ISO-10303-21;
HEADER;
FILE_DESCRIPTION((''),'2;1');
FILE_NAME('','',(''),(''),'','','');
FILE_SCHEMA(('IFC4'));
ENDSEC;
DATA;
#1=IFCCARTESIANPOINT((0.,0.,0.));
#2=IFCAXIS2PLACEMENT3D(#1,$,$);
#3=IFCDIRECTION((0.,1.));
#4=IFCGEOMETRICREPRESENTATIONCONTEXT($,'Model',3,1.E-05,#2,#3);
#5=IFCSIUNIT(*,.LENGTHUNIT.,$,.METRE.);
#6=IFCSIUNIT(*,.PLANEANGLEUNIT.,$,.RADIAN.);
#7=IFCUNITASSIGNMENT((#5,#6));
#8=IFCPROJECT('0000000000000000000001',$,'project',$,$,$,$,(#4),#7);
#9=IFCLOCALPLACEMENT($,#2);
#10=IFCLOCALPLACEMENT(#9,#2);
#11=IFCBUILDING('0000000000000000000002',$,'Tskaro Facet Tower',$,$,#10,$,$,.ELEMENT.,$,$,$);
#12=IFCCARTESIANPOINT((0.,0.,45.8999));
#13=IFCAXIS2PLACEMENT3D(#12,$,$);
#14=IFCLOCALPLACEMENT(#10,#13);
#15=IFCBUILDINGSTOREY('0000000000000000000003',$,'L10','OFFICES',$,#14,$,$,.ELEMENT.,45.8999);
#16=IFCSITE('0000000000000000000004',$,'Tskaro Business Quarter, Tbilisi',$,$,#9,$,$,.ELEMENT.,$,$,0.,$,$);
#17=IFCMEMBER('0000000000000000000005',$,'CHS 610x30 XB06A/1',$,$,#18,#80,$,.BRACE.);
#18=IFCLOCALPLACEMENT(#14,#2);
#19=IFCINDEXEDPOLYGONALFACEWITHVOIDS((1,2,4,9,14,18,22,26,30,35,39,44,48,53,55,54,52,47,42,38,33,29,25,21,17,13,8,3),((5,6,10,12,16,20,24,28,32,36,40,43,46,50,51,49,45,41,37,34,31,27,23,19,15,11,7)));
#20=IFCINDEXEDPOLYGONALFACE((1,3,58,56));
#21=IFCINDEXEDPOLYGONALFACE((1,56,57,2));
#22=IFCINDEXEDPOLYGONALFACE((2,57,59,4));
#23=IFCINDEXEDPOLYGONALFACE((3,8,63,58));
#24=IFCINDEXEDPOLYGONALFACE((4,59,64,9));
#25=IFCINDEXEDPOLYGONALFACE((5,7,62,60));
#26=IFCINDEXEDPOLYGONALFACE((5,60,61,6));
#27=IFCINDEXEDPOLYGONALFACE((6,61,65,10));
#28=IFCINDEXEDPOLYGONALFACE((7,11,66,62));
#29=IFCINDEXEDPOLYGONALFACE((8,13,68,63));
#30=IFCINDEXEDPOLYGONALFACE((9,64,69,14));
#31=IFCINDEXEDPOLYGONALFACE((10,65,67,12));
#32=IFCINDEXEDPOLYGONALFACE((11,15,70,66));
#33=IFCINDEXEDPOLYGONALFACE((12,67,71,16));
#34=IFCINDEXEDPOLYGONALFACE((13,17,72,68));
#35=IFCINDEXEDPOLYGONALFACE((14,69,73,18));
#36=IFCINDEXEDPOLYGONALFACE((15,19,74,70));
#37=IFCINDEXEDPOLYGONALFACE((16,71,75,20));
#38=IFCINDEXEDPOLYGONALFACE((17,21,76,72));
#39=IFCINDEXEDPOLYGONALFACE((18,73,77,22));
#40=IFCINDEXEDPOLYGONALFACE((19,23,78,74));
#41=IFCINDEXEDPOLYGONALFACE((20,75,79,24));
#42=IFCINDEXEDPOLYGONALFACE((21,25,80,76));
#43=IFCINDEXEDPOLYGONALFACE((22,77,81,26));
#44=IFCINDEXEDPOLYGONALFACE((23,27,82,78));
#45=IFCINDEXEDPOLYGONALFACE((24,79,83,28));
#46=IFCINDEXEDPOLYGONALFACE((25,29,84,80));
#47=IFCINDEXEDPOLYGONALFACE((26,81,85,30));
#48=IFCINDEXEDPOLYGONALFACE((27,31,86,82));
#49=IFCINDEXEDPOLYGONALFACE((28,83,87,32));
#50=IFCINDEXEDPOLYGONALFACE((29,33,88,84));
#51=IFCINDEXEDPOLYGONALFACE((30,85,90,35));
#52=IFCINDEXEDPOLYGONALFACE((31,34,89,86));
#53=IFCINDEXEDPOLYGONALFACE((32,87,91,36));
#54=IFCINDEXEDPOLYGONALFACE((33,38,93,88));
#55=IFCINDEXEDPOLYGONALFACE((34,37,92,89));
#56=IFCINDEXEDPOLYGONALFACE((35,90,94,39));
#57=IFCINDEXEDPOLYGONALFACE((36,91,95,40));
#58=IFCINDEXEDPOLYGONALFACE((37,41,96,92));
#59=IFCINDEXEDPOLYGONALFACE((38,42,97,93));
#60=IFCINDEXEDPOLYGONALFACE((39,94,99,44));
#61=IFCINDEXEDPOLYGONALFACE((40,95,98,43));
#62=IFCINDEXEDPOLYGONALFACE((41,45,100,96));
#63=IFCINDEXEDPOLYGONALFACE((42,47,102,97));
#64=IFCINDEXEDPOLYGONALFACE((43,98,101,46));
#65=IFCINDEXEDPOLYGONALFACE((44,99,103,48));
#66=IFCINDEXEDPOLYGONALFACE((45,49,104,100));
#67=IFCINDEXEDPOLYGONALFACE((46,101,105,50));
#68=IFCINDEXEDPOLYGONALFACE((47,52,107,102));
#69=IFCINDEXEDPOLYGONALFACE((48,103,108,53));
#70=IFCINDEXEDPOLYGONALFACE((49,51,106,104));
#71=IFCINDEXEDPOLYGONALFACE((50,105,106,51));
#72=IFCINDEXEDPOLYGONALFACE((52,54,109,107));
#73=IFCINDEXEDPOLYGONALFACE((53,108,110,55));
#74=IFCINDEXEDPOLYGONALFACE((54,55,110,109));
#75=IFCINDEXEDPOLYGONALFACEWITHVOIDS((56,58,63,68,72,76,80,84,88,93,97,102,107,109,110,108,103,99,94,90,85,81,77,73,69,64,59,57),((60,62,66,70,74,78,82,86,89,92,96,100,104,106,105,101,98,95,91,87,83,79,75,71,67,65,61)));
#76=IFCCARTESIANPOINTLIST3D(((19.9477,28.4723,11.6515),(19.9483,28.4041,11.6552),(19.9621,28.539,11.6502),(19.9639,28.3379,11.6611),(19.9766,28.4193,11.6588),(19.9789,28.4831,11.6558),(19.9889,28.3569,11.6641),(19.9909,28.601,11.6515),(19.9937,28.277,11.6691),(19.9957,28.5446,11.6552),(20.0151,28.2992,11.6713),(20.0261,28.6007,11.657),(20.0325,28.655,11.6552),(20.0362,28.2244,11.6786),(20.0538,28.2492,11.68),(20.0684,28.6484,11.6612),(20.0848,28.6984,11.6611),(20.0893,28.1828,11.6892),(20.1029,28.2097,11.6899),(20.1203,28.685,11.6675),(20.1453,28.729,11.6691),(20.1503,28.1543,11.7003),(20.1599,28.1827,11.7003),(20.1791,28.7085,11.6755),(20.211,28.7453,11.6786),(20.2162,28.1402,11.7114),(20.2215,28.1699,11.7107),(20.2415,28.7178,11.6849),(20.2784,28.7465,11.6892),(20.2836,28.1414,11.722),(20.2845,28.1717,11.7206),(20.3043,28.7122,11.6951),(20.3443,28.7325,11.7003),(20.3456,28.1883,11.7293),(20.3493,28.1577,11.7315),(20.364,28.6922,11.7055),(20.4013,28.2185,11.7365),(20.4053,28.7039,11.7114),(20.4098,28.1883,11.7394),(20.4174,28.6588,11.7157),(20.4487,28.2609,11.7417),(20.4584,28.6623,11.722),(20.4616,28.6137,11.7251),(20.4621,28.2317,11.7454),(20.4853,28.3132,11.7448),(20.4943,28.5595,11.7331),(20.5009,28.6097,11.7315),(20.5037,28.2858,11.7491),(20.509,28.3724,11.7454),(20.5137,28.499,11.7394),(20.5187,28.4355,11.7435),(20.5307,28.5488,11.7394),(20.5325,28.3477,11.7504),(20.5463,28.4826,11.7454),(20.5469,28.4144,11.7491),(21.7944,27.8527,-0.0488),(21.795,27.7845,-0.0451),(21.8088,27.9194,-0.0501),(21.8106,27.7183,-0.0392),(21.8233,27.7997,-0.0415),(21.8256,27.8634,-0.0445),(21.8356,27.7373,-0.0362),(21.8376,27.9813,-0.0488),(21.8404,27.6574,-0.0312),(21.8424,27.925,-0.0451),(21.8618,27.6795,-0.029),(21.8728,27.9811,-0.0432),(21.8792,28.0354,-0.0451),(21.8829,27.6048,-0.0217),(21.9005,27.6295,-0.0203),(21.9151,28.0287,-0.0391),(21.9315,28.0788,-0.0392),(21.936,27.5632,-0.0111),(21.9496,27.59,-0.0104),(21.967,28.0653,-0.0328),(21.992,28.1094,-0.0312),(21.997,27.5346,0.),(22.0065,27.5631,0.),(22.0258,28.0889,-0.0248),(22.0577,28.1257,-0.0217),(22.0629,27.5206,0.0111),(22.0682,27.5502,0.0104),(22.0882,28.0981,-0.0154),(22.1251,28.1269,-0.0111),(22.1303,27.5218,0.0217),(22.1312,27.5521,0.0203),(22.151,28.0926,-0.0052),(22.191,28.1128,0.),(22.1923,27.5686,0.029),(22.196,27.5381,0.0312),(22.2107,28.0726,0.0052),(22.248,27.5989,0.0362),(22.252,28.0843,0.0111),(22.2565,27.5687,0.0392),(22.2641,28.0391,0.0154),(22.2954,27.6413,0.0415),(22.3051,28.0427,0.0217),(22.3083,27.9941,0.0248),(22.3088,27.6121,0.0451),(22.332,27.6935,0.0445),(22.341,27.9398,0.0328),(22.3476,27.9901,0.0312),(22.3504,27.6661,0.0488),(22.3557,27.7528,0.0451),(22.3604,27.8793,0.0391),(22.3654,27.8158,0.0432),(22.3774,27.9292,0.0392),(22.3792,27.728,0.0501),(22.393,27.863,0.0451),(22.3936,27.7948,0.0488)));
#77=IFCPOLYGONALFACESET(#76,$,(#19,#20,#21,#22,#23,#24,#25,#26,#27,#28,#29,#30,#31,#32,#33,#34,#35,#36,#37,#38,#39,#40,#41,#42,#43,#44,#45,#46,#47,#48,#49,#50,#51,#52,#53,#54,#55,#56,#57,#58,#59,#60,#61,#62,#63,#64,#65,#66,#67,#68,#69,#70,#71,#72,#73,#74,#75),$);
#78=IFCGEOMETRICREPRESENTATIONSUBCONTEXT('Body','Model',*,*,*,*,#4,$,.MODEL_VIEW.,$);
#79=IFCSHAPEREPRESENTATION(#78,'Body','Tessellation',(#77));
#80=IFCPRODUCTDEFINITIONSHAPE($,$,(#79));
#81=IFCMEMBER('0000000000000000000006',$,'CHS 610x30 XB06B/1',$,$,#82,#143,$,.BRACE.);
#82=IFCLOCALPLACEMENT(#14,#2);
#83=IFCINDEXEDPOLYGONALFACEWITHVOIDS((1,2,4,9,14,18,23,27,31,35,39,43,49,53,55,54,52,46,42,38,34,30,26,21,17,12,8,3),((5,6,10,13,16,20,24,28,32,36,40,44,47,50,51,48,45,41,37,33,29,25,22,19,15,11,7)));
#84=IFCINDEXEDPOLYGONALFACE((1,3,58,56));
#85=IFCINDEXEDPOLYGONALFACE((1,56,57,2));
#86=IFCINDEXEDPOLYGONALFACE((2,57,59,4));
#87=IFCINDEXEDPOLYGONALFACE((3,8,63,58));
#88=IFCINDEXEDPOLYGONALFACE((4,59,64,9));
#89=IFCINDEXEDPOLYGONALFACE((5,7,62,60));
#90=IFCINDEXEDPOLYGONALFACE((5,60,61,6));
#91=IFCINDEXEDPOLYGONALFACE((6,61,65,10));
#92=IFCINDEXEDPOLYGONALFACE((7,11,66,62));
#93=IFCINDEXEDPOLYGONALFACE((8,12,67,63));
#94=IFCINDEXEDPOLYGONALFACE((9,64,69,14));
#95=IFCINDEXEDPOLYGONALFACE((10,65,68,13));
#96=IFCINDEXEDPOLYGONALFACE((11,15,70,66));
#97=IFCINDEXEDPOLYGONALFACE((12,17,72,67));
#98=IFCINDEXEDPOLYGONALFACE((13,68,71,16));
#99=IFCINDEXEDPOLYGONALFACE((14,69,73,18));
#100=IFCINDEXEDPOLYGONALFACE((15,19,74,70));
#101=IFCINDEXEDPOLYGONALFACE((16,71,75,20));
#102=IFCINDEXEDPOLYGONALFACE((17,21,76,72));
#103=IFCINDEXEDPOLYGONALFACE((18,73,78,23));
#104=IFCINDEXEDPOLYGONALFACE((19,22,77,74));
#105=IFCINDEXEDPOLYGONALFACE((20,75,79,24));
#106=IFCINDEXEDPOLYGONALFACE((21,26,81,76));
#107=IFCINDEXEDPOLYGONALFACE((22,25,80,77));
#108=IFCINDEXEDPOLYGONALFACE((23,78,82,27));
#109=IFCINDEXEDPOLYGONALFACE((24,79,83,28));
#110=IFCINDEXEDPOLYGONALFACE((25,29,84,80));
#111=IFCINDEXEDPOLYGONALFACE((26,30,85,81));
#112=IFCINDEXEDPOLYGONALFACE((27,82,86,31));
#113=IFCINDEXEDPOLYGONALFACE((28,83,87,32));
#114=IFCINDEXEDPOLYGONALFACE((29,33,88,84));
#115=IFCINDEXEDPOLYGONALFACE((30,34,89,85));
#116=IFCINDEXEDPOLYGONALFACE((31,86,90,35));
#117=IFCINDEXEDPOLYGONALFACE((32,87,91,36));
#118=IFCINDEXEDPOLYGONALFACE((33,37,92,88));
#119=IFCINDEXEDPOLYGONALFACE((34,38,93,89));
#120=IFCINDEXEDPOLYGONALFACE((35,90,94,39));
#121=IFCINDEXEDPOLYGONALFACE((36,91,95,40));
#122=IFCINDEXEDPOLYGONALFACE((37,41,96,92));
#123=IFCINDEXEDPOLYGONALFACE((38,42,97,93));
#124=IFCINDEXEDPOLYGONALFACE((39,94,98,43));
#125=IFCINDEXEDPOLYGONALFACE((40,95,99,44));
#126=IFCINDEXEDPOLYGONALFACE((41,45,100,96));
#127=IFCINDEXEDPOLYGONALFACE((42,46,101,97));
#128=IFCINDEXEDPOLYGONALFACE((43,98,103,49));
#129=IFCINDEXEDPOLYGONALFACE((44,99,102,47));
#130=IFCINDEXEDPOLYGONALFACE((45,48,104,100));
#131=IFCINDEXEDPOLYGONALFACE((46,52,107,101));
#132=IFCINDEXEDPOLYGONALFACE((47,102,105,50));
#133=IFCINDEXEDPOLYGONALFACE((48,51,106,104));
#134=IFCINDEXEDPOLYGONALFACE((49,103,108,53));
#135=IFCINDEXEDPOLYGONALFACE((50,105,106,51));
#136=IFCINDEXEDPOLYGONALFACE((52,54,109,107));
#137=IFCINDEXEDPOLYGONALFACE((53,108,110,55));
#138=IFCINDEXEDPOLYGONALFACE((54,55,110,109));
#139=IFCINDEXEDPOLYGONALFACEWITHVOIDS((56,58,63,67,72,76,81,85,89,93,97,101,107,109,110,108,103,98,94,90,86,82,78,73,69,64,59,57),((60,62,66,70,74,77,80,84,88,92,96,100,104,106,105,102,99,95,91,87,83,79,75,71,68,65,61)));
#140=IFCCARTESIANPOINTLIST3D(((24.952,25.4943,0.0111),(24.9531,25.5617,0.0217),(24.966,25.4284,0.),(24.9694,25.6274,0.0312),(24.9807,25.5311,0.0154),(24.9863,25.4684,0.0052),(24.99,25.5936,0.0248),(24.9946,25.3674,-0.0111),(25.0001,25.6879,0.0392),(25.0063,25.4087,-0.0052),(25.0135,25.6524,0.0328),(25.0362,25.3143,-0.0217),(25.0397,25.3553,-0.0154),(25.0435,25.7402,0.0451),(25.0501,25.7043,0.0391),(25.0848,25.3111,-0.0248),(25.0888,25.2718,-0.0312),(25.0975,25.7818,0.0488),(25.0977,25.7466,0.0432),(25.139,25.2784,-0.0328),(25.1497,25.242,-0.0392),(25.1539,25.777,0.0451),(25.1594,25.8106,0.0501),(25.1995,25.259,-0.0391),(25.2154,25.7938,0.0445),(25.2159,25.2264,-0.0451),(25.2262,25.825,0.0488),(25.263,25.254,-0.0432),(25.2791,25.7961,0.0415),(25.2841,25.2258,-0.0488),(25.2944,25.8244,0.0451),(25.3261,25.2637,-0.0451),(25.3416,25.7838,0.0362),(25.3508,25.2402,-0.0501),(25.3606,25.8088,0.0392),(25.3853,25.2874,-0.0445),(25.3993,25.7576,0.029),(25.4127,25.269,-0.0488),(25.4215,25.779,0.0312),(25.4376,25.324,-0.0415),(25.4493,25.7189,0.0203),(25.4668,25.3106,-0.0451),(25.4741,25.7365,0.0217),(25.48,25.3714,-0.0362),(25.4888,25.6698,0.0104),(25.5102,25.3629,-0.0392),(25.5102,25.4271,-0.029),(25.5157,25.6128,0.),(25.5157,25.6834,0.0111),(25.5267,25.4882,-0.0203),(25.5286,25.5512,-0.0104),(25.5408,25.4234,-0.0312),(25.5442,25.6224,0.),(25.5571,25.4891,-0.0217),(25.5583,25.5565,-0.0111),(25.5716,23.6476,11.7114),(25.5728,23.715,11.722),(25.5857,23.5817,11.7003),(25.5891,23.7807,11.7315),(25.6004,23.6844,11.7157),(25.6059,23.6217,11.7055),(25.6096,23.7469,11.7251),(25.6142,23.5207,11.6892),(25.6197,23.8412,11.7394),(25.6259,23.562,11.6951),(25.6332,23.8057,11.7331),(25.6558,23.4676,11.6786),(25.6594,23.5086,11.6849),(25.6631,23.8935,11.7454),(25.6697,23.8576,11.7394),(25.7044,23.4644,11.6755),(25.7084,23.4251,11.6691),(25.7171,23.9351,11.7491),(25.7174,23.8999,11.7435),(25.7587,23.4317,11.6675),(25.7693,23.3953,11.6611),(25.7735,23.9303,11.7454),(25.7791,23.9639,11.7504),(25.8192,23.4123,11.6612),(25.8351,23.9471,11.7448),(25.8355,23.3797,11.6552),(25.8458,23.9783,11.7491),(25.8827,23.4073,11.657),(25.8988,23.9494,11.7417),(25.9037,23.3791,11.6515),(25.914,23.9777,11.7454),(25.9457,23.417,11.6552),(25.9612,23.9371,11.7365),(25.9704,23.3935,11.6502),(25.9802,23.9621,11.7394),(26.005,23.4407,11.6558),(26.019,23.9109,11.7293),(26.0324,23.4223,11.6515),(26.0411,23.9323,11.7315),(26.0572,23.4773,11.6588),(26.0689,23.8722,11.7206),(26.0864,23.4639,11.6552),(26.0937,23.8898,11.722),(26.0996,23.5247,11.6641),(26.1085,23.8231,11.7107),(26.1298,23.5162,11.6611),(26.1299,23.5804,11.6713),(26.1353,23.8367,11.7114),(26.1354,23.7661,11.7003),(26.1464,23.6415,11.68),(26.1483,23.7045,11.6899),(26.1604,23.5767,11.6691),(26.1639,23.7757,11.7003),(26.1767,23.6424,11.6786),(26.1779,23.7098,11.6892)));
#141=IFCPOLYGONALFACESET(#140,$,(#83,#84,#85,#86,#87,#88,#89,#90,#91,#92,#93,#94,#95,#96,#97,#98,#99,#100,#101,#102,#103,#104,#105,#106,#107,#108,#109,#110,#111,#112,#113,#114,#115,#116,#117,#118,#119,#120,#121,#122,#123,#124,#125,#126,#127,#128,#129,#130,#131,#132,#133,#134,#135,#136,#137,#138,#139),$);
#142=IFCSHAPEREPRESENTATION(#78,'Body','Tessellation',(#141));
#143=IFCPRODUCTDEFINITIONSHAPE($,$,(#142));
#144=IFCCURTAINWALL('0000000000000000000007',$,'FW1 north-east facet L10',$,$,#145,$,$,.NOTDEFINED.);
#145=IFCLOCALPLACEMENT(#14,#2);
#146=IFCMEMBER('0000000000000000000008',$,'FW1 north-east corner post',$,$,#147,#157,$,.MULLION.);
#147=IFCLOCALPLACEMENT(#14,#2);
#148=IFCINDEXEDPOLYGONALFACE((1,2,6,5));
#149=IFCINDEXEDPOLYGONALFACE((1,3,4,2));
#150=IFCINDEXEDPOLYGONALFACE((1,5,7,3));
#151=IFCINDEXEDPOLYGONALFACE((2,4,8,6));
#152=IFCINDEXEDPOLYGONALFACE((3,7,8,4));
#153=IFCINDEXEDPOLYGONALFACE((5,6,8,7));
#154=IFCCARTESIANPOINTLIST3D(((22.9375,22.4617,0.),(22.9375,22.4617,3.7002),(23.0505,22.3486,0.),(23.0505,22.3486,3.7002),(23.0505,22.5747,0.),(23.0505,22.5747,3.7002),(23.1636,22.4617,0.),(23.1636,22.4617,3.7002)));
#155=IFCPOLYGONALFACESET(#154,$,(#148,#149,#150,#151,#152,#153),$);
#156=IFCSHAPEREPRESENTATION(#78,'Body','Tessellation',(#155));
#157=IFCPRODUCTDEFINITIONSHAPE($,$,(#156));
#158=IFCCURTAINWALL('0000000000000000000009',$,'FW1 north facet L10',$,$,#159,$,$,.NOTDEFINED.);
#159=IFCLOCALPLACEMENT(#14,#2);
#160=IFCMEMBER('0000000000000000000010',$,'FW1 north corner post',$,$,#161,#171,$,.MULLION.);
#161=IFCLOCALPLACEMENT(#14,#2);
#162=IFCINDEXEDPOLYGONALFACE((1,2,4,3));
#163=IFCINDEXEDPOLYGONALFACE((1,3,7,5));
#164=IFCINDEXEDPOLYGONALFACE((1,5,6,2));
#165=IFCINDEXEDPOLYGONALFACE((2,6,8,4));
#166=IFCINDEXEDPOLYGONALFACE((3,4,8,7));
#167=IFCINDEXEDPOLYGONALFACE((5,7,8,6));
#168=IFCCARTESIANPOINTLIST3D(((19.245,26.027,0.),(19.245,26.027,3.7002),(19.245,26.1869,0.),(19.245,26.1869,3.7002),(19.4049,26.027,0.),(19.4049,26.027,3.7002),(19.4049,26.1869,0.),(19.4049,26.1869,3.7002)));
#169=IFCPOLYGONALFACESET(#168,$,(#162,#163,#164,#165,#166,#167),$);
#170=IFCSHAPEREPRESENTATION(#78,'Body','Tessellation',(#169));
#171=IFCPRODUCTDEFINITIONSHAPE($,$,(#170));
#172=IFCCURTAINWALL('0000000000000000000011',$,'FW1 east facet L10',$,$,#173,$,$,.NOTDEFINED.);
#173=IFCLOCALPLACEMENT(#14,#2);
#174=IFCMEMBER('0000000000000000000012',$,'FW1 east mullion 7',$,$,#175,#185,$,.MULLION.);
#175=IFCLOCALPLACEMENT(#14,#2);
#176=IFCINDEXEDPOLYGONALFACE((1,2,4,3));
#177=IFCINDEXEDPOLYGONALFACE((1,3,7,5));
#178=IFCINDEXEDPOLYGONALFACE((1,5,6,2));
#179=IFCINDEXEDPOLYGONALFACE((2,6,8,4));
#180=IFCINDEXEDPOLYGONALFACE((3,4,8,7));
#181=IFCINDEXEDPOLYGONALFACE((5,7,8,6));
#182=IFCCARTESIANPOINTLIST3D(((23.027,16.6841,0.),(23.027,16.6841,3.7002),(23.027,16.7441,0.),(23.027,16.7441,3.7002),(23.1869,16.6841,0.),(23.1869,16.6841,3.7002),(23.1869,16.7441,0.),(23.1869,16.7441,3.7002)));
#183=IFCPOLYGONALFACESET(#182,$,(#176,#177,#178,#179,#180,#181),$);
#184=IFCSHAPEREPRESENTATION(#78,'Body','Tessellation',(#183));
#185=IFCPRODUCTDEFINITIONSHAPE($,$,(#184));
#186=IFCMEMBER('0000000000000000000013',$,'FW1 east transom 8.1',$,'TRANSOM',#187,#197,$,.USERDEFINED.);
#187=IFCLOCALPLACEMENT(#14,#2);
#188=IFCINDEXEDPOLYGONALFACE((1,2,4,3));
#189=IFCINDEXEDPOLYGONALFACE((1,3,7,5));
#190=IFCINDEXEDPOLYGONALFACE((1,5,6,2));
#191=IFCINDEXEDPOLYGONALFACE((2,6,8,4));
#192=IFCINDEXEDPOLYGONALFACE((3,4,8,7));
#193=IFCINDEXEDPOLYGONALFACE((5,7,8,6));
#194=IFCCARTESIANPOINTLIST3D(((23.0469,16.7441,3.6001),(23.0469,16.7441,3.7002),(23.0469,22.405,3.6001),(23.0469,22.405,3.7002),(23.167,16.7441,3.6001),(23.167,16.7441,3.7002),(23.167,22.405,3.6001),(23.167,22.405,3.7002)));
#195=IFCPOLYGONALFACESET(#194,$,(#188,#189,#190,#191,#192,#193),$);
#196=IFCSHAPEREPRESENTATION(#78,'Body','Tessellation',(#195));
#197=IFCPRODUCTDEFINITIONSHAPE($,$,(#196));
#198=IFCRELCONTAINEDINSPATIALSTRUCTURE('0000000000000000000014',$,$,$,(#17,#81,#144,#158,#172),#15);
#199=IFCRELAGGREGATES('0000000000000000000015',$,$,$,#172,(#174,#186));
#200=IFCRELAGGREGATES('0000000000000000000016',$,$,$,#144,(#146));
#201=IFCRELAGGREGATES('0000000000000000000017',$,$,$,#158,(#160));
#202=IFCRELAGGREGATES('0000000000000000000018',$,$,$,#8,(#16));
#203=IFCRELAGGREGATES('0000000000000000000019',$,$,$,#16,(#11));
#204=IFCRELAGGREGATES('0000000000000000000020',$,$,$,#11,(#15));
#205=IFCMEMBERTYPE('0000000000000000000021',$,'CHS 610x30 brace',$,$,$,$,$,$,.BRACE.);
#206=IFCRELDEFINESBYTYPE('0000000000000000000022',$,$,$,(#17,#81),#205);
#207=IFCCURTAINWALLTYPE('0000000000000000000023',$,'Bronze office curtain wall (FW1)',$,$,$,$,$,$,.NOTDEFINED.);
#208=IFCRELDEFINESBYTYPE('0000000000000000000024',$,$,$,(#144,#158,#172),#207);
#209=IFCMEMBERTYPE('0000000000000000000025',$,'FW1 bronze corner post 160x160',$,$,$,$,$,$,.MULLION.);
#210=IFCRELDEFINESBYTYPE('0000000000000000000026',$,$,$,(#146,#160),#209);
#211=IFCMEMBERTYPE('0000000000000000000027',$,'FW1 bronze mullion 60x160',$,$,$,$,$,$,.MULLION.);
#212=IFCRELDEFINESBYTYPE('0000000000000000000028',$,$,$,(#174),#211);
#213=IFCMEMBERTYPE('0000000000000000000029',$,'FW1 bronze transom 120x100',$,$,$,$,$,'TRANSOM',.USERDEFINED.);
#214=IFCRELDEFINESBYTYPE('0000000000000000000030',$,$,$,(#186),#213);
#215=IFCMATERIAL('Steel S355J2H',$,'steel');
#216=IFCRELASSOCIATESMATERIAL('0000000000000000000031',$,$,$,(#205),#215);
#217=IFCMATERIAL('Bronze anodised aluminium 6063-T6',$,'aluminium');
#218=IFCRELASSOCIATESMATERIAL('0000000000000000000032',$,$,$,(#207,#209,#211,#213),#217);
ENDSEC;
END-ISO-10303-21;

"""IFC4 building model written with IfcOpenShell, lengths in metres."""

from ifc_helpers import new_model, si_unit, direction, frame, origin, origin_2d, place, context, subcontext, project, spatial, rectangle, hollow_circle, extrude, material, material_profile, profile_set, type_object, element, aggregate, save


model = new_model("IFC4")

# Units and contexts
model_context = context("Model", 3, precision=1e-05, world=origin(), true_north=direction((0.0, 1.0)))
body_context = subcontext(model_context, "Body", "Model", "MODEL_VIEW")
ifc_project = project(units=[si_unit("LENGTHUNIT", "METRE"), si_unit("PLANEANGLEUNIT", "RADIAN")], contexts=[model_context])

# Site, building, storey
site_placement = place(None, origin())
site = spatial("IfcSite", under=ifc_project, at=site_placement, Name="Tskaro Business Quarter, Tbilisi", CompositionType="ELEMENT", RefElevation=0.0)
building_placement = place(site_placement, origin())
building = spatial("IfcBuilding", under=site, at=building_placement, Name="Tskaro Facet Tower", CompositionType="ELEMENT")
storey_placement = place(building_placement, frame((0.0, 0.0, 45.8999)))
storey = spatial("IfcBuildingStorey", under=building, at=storey_placement, Name="L10", Description="OFFICES", CompositionType="ELEMENT", Elevation=45.8999)

# Shared definitions
ifc_material_1 = material(Name="Steel S355J2H", Category="steel")

# Members
ifc_material_profile_1 = material_profile(ifc_material_1, hollow_circle(Radius=0.3049, WallThickness=0.03, at=origin_2d()), Name="CHS 610x30")
ifc_profile_set_1 = profile_set([ifc_material_profile_1], Name="Steel S355J2H")
member_type_1 = type_object("IfcMemberType", Name="CHS 610x30 brace", PredefinedType="BRACE", material=ifc_profile_set_1)
for number, where, z_axis, x_axis, name in (
    (1, (22.094, 27.8237, 0.0), (-0.15569, 0.05224, 0.986424), (-0.318107, -0.948055, 0.0), "CHS 610x30 XB06A/1"),
    (2, (25.2551, 25.5254, 0.0), (0.05224, -0.15569, 0.986424), (0.948055, 0.318107, 0.0), "CHS 610x30 XB06B/1"),
):
    element("IfcMember", number, at=place(storey_placement, frame(where, z_axis=z_axis, x_axis=x_axis)), inside=storey, type_object=member_type_1, Name=name, PredefinedType="BRACE", context=body_context, shape_type="SweptSolid", body=[
        extrude(hollow_circle(Radius=0.3049, WallThickness=0.03, at=origin_2d()), origin(), (0.0, 0.0, 1.0), 11.8613),
    ])

# Curtain walls, members
ifc_material_2 = material(Name="Bronze anodised aluminium 6063-T6", Category="aluminium")
curtain_wall_type = type_object("IfcCurtainWallType", Name="Bronze office curtain wall (FW1)", PredefinedType="NOTDEFINED", material=ifc_material_2)
curtain_wall_1_placement = place(storey_placement, origin())
curtain_wall_1 = element("IfcCurtainWall", 3, at=curtain_wall_1_placement, inside=storey, type_object=curtain_wall_type, Name="FW1 north-east facet L10", PredefinedType="NOTDEFINED")
ifc_material_profile_2 = material_profile(ifc_material_2, rectangle(XDim=0.1599, YDim=0.1599, at=origin_2d()), Name="Corner post 160x160")
ifc_profile_set_2 = profile_set([ifc_material_profile_2], Name="Bronze anodised aluminium 6063-T6")
member_type_2 = type_object("IfcMemberType", Name="FW1 bronze corner post 160x160", PredefinedType="MULLION", material=ifc_profile_set_2)
member_1_placement = place(storey_placement, frame((23.0505, 22.4617, 0.0), z_axis=(0.0, 0.0, 1.0), x_axis=(-0.707107, 0.707107, 0.0)))
member_1 = element("IfcMember", 4, at=member_1_placement, type_object=member_type_2, Name="FW1 north-east corner post", PredefinedType="MULLION", context=body_context, shape_type="SweptSolid", body=[
    extrude(rectangle(XDim=0.1599, YDim=0.1599, at=origin_2d()), origin(), (0.0, 0.0, 1.0), 3.7002),
])
curtain_wall_2_placement = place(storey_placement, origin())
curtain_wall_2 = element("IfcCurtainWall", 5, at=curtain_wall_2_placement, inside=storey, type_object=curtain_wall_type, Name="FW1 north facet L10", PredefinedType="NOTDEFINED")
member_2_placement = place(storey_placement, frame((19.325, 26.1069, 0.0), z_axis=(0.0, 0.0, 1.0), x_axis=(-1.0, 0.0, 0.0)))
member_2 = element("IfcMember", 6, at=member_2_placement, type_object=member_type_2, Name="FW1 north corner post", PredefinedType="MULLION", context=body_context, shape_type="SweptSolid", body=[
    extrude(rectangle(XDim=0.1599, YDim=0.1599, at=origin_2d()), origin(), (0.0, 0.0, 1.0), 3.7002),
])

# Curtain wall, members
curtain_wall_3_placement = place(storey_placement, origin())
curtain_wall_3 = element("IfcCurtainWall", 7, at=curtain_wall_3_placement, inside=storey, type_object=curtain_wall_type, Name="FW1 east facet L10", PredefinedType="NOTDEFINED")
ifc_material_profile_3 = material_profile(ifc_material_2, rectangle(XDim=0.0601, YDim=0.1599, at=origin_2d()), Name="Mullion 60x160")
ifc_profile_set_3 = profile_set([ifc_material_profile_3], Name="Bronze anodised aluminium 6063-T6")
member_type_3 = type_object("IfcMemberType", Name="FW1 bronze mullion 60x160", PredefinedType="MULLION", material=ifc_profile_set_3)
member_3_placement = place(storey_placement, frame((23.1069, 16.7141, 0.0), z_axis=(0.0, 0.0, 1.0), x_axis=(0.0, 1.0, 0.0)))
member_3 = element("IfcMember", 8, at=member_3_placement, type_object=member_type_3, Name="FW1 east mullion 7", PredefinedType="MULLION", context=body_context, shape_type="SweptSolid", body=[
    extrude(rectangle(XDim=0.0601, YDim=0.1599, at=origin_2d()), origin(), (0.0, 0.0, 1.0), 3.7002),
])
ifc_material_profile_4 = material_profile(ifc_material_2, rectangle(XDim=0.1201, YDim=0.1001, at=origin_2d()), Name="Transom 120x100")
ifc_profile_set_4 = profile_set([ifc_material_profile_4], Name="Bronze anodised aluminium 6063-T6")
member_type_4 = type_object("IfcMemberType", Name="FW1 bronze transom 120x100", ElementType="TRANSOM", PredefinedType="USERDEFINED", material=ifc_profile_set_4)
member_4_placement = place(storey_placement, frame((23.1069, 16.7441, 3.6501), z_axis=(0.0, 1.0, 0.0), x_axis=(-1.0, 0.0, 0.0)))
member_4 = element("IfcMember", 9, at=member_4_placement, type_object=member_type_4, Name="FW1 east transom 8.1", ObjectType="TRANSOM", PredefinedType="USERDEFINED", context=body_context, shape_type="SweptSolid", body=[
    extrude(rectangle(XDim=0.1201, YDim=0.1001, at=origin_2d()), origin(), (0.0, 0.0, 1.0), 5.6609),
])

aggregate(curtain_wall_3, [member_3, member_4])
aggregate(curtain_wall_1, [member_1])
aggregate(curtain_wall_2, [member_2])

save(model, "model.ifc")
